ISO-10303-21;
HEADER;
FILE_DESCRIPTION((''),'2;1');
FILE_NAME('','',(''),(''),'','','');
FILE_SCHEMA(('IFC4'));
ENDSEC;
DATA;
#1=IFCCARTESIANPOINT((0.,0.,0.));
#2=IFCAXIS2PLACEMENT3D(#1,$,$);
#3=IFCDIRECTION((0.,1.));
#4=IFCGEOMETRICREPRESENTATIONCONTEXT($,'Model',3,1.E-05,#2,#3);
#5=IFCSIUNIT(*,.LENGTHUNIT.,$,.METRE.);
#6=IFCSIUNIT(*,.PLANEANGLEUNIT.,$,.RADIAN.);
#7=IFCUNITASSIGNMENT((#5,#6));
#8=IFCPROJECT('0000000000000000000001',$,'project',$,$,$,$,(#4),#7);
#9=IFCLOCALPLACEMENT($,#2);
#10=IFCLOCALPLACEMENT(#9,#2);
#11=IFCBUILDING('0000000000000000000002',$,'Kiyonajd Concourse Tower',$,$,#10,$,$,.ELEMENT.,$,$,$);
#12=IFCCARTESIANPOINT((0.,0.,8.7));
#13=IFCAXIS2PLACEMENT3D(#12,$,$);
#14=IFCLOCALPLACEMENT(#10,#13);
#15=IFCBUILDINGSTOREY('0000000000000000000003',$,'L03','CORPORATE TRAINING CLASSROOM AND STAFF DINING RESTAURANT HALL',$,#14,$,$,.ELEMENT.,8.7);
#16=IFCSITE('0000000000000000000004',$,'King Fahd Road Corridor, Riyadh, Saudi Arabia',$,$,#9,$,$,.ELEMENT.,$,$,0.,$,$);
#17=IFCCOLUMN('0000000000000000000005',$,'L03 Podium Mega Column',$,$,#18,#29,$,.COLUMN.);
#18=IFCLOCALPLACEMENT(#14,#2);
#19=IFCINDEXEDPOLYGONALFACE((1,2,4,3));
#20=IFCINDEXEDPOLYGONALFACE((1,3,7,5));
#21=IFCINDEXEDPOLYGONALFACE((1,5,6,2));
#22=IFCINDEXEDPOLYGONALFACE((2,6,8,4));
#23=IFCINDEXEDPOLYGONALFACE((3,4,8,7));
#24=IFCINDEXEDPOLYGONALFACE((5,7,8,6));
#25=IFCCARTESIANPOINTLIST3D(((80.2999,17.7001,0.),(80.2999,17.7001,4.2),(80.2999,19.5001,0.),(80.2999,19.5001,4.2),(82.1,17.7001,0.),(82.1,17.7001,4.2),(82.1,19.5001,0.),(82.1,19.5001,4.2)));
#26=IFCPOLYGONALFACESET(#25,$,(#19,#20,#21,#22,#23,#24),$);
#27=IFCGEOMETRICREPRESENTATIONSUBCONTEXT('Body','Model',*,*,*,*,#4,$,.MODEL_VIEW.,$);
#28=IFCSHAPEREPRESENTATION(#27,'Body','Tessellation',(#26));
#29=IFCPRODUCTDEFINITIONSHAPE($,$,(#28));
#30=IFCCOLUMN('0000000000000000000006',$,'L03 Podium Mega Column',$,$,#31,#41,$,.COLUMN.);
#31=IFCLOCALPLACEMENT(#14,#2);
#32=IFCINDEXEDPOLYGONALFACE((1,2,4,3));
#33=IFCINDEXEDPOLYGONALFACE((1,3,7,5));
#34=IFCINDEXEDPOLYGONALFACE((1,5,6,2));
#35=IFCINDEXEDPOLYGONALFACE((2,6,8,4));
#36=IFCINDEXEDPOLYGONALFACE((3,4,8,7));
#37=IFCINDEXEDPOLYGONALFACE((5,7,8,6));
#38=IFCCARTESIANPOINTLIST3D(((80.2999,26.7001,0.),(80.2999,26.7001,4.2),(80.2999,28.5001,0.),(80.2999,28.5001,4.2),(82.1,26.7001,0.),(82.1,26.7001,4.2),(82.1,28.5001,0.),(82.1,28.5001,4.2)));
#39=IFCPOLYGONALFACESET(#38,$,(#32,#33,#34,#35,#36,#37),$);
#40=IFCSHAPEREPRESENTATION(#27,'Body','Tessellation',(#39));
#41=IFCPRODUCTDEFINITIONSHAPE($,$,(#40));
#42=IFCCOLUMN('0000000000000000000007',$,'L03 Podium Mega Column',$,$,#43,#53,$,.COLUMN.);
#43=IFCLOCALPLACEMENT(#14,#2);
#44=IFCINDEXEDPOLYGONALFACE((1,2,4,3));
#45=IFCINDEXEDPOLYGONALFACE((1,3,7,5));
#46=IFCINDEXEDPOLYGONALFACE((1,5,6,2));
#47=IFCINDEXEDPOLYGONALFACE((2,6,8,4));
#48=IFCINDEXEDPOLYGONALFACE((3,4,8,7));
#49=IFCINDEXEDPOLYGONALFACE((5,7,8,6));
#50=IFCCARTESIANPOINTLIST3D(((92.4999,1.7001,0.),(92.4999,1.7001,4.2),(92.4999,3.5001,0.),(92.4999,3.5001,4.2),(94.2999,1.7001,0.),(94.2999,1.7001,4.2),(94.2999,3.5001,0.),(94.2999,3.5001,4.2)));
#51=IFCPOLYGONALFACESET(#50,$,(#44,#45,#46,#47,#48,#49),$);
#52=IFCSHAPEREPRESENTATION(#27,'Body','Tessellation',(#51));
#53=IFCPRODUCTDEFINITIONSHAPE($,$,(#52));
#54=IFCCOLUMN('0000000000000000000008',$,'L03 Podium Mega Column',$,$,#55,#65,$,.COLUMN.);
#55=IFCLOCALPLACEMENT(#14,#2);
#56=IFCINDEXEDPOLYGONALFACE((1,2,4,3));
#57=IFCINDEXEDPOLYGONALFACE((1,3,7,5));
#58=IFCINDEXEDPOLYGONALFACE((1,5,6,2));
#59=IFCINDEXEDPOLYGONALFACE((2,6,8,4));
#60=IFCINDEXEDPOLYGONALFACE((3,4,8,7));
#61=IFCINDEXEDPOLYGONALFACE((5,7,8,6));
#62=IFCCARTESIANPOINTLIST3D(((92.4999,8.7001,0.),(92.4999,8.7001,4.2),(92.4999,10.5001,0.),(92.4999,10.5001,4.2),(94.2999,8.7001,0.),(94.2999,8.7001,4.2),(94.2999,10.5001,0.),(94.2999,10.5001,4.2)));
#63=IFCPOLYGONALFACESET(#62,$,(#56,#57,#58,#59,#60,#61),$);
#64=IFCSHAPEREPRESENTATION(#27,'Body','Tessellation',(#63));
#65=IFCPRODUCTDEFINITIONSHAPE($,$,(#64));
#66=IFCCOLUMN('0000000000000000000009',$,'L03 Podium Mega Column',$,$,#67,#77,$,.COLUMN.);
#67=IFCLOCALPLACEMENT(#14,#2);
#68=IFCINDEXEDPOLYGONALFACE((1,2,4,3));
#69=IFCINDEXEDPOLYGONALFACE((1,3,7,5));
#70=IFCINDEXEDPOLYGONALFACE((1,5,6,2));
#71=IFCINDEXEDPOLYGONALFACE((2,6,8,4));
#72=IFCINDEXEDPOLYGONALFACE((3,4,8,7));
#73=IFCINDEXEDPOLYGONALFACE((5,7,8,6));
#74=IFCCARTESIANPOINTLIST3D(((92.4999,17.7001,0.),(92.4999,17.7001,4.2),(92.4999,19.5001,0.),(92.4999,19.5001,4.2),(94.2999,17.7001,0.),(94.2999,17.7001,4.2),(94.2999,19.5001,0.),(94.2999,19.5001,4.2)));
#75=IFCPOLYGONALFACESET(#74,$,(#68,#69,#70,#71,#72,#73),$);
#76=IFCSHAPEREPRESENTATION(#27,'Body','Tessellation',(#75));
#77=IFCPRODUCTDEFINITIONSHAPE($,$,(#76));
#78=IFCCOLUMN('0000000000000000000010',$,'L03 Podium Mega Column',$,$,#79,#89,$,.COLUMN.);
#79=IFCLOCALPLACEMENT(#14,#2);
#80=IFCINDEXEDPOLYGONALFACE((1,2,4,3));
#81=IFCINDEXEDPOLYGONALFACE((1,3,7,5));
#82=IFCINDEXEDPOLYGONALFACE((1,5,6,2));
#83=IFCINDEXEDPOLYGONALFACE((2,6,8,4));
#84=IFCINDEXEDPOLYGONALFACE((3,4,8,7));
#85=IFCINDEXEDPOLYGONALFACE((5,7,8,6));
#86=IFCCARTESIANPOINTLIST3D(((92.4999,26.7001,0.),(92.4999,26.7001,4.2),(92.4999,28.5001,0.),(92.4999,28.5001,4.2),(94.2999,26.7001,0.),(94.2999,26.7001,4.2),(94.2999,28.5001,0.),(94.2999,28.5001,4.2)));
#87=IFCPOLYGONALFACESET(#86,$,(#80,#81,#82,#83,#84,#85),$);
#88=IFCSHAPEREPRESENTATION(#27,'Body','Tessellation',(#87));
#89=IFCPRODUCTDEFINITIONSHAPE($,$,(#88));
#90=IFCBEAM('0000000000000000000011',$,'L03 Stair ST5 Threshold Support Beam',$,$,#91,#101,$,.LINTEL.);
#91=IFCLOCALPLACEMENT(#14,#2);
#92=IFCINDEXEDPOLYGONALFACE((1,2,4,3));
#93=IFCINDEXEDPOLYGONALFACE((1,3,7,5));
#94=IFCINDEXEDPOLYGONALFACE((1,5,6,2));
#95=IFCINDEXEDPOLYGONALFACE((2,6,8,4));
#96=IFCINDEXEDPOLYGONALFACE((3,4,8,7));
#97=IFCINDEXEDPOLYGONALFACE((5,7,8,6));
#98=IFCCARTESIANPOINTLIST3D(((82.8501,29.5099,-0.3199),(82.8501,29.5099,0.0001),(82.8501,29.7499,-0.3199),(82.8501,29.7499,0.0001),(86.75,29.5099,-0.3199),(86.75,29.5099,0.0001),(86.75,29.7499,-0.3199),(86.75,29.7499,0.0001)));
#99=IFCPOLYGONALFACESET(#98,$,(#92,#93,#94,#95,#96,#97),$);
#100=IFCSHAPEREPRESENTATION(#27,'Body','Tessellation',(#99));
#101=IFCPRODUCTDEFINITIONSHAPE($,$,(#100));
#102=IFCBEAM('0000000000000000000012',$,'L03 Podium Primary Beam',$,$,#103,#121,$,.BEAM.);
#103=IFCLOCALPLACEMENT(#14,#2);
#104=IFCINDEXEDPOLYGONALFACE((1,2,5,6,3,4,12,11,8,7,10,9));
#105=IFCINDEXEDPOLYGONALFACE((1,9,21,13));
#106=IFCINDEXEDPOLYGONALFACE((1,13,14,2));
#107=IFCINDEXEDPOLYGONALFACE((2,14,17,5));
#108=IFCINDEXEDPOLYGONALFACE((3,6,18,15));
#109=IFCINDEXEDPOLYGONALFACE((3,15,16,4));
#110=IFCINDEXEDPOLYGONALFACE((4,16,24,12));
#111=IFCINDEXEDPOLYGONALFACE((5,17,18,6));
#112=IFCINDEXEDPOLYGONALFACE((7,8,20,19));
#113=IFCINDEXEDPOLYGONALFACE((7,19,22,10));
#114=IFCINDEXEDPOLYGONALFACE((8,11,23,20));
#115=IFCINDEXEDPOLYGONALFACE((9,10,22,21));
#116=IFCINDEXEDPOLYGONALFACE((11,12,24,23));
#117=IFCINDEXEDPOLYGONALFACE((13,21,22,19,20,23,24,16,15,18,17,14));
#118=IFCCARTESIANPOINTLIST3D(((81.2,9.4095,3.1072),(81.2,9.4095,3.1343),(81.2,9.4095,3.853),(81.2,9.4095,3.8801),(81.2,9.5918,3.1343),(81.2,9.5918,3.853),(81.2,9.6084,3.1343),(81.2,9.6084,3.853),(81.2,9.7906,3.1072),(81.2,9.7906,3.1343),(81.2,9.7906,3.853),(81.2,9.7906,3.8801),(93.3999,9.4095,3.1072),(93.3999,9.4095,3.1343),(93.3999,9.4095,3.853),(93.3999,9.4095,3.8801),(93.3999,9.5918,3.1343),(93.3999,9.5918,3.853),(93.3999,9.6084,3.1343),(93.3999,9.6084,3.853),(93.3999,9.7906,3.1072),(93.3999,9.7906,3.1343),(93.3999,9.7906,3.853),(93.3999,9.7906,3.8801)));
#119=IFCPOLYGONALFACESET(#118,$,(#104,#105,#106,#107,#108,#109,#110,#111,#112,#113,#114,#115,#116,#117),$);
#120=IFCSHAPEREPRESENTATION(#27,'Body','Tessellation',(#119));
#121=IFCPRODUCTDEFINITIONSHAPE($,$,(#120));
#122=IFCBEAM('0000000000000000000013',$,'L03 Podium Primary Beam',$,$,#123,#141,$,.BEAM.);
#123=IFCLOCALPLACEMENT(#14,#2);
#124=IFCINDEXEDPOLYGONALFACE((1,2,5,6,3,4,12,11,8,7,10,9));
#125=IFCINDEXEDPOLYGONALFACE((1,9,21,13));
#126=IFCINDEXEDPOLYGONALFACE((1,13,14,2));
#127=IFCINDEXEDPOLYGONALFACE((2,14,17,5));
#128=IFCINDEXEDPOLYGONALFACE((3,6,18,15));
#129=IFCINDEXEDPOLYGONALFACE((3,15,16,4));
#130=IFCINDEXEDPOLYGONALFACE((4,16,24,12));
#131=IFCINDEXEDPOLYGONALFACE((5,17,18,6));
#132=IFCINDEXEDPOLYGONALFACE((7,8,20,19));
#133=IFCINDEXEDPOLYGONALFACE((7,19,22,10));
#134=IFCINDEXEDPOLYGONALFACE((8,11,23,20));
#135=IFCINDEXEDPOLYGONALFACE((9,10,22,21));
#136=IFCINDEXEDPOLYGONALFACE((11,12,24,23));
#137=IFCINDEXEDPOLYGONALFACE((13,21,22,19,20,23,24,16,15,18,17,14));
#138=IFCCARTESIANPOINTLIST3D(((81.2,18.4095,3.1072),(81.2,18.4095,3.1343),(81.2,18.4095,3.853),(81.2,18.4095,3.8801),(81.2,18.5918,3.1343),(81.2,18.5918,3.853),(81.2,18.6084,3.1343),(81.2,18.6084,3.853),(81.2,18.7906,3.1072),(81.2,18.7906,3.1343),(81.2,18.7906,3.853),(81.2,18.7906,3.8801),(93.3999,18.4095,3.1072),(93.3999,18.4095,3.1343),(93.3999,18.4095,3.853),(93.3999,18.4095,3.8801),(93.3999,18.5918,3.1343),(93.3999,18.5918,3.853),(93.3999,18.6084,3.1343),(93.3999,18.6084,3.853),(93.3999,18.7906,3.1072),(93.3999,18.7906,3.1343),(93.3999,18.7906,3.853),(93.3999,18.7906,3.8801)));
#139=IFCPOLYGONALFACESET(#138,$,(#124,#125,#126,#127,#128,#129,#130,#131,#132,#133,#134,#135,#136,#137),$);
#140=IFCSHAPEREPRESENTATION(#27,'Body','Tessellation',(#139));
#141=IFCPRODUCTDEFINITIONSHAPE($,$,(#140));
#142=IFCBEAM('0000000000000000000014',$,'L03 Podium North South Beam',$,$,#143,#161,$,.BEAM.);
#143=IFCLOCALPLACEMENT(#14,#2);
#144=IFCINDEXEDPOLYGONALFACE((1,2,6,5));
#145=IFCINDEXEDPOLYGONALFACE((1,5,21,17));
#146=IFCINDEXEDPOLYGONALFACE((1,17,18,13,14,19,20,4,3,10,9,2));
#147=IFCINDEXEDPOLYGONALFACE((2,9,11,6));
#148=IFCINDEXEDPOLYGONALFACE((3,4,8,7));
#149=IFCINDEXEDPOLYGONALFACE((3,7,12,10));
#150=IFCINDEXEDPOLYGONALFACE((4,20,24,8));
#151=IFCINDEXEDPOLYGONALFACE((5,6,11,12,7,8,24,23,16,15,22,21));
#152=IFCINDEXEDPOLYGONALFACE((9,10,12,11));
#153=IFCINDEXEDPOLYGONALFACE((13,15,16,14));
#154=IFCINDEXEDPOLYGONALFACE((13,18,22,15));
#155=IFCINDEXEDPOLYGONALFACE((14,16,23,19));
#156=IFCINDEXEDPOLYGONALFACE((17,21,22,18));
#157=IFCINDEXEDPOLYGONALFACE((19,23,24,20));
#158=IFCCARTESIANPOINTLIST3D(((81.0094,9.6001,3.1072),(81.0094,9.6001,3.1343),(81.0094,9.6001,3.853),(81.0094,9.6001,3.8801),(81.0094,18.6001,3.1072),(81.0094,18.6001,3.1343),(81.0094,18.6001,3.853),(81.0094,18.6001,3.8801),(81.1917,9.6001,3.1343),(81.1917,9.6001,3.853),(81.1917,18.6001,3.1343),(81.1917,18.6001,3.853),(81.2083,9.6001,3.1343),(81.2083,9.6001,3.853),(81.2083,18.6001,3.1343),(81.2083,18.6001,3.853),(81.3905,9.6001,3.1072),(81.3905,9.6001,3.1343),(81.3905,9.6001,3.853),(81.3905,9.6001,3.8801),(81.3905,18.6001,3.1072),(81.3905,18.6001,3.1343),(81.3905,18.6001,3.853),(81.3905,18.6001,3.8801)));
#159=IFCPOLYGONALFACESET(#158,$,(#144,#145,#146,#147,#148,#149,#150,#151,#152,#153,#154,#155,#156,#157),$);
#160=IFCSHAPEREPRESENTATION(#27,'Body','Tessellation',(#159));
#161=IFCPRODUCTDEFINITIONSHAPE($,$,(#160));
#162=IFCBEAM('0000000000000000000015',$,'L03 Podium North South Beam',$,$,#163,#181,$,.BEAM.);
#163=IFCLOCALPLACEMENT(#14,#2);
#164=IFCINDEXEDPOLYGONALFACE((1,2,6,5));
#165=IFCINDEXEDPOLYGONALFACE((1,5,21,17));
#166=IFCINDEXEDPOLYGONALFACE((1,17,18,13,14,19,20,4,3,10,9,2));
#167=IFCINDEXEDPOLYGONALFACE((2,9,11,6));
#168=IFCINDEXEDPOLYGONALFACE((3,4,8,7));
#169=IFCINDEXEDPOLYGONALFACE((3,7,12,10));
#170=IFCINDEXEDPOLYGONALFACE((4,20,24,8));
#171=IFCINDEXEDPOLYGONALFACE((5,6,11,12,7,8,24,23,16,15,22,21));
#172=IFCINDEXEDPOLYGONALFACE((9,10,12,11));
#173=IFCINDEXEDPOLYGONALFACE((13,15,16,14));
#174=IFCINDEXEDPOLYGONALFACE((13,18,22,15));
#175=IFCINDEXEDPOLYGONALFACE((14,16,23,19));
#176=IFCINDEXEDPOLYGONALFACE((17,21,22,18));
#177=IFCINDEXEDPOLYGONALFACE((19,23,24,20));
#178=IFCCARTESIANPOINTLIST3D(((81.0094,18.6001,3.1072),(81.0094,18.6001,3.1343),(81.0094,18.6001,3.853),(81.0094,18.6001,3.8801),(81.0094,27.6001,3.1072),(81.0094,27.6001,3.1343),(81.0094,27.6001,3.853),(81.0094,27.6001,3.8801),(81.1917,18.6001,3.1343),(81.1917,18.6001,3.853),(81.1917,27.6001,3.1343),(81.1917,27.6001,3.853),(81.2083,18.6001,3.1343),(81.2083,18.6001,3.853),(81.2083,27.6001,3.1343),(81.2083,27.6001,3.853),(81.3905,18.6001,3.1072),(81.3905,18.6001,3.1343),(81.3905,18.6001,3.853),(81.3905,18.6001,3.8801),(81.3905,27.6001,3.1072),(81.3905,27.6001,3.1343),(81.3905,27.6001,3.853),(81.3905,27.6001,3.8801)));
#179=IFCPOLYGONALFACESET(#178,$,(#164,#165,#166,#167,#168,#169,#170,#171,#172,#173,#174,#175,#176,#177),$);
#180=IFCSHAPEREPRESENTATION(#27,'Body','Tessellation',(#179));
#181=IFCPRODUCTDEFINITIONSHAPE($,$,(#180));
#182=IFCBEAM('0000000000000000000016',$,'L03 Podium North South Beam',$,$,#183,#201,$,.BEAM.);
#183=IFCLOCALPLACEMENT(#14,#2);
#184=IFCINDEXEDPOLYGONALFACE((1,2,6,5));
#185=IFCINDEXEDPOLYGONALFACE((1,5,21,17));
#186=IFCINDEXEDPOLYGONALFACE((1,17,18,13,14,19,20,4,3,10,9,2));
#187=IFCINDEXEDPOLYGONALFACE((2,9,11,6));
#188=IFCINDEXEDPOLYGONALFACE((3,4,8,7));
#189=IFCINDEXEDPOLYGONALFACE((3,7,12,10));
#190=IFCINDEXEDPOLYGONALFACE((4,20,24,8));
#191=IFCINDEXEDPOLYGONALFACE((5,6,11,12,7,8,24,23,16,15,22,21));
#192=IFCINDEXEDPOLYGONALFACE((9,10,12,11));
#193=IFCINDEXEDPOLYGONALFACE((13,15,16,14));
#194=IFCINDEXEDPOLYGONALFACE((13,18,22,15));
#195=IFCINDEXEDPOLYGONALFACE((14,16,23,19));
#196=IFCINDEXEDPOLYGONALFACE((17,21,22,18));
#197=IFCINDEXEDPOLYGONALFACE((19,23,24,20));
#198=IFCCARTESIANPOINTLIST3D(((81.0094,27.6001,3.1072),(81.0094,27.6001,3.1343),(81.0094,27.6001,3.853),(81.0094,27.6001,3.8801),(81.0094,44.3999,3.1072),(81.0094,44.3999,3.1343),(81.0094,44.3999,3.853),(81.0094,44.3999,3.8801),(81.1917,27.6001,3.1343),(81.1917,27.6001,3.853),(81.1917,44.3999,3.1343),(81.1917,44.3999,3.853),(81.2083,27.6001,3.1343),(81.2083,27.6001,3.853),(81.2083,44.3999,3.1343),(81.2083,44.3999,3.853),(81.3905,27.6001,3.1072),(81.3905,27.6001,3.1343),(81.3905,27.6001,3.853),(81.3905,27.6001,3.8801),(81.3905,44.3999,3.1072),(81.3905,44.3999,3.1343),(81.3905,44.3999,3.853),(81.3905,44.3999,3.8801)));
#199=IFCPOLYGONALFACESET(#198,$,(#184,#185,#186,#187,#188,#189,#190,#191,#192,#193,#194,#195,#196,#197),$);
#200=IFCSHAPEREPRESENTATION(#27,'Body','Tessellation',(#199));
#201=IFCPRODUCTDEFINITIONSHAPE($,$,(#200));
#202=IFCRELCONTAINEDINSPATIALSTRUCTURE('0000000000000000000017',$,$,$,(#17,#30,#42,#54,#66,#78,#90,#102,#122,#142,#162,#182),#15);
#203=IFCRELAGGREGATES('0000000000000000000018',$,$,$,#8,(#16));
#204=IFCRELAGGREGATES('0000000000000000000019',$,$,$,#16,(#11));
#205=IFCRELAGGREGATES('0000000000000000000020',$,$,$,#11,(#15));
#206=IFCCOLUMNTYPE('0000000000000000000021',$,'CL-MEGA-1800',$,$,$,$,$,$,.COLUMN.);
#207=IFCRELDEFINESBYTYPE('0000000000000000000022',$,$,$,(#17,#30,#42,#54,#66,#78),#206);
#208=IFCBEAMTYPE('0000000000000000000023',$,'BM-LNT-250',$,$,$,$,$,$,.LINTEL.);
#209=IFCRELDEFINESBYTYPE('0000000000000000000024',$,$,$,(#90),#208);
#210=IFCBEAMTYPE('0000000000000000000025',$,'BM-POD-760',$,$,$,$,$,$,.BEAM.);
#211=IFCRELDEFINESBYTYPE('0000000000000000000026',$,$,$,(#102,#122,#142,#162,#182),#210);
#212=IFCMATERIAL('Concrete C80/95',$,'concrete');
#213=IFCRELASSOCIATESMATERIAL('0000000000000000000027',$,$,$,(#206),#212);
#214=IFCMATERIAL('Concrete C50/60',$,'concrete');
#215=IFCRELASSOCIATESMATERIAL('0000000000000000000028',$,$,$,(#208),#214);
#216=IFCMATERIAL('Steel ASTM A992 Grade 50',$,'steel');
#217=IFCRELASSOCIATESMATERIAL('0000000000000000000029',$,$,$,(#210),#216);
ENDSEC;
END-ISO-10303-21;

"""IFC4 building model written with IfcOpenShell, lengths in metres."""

from ifc_helpers import new_model, si_unit, direction, frame, origin, origin_2d, place, context, subcontext, project, spatial, rectangle, i_section, extrude, material, material_profile, profile_set, type_object, element, save


model = new_model("IFC4")

# Units and contexts
model_context = context("Model", 3, precision=1e-05, world=origin(), true_north=direction((0.0, 1.0)))
body_context = subcontext(model_context, "Body", "Model", "MODEL_VIEW")
ifc_project = project(units=[si_unit("LENGTHUNIT", "METRE"), si_unit("PLANEANGLEUNIT", "RADIAN")], contexts=[model_context])

# Site, building, storey
site_placement = place(None, origin())
site = spatial("IfcSite", under=ifc_project, at=site_placement, Name="King Fahd Road Corridor, Riyadh, Saudi Arabia", CompositionType="ELEMENT", RefElevation=0.0)
building_placement = place(site_placement, origin())
building = spatial("IfcBuilding", under=site, at=building_placement, Name="Kiyonajd Concourse Tower", CompositionType="ELEMENT")
storey_placement = place(building_placement, frame((0.0, 0.0, 8.7)))
storey = spatial("IfcBuildingStorey", under=building, at=storey_placement, Name="L03", Description="CORPORATE TRAINING CLASSROOM AND STAFF DINING RESTAURANT HALL", CompositionType="ELEMENT", Elevation=8.7)

# Columns
ifc_material_1 = material(Name="Concrete C80/95", Category="concrete")
ifc_material_profile_1 = material_profile(ifc_material_1, rectangle(XDim=1.8, YDim=1.8, at=origin_2d()), Name="RC-1800x1800")
ifc_profile_set_1 = profile_set([ifc_material_profile_1], Name="Concrete C80/95")
column_type = type_object("IfcColumnType", Name="CL-MEGA-1800", PredefinedType="COLUMN", material=ifc_profile_set_1)
for number, where, z_axis, x_axis, name in (
    (1, (81.2, 18.6001, 0.0), (0.0, 0.0, 1.0), (1.0, 0.0, 0.0), "L03 Podium Mega Column"),
    (2, (81.2, 27.6001, 0.0), (0.0, 0.0, 1.0), (1.0, 0.0, 0.0), "L03 Podium Mega Column"),
    (3, (93.3999, 2.6001, 0.0), (0.0, 0.0, 1.0), (1.0, 0.0, 0.0), "L03 Podium Mega Column"),
    (4, (93.3999, 9.6001, 0.0), (0.0, 0.0, 1.0), (1.0, 0.0, 0.0), "L03 Podium Mega Column"),
    (5, (93.3999, 18.6001, 0.0), (0.0, 0.0, 1.0), (1.0, 0.0, 0.0), "L03 Podium Mega Column"),
    (6, (93.3999, 27.6001, 0.0), (0.0, 0.0, 1.0), (1.0, 0.0, 0.0), "L03 Podium Mega Column"),
):
    element("IfcColumn", number, at=place(storey_placement, frame(where, z_axis=z_axis, x_axis=x_axis)), inside=storey, type_object=column_type, Name=name, PredefinedType="COLUMN", context=body_context, shape_type="SweptSolid", body=[
        extrude(rectangle(XDim=1.8, YDim=1.8, at=origin_2d()), origin(), (0.0, 0.0, 1.0), 4.2),
    ])

# Beams
ifc_material_2 = material(Name="Concrete C50/60", Category="concrete")
ifc_material_profile_2 = material_profile(ifc_material_2, rectangle(XDim=0.24, YDim=0.3201, at=origin_2d()), Name="RCBM-240x320")
ifc_profile_set_2 = profile_set([ifc_material_profile_2], Name="Concrete C50/60")
beam_type_1 = type_object("IfcBeamType", Name="BM-LNT-250", PredefinedType="LINTEL", material=ifc_profile_set_2)
beam_1_placement = place(storey_placement, frame((82.8501, 29.6299, -0.1599), z_axis=(1.0, 0.0, 0.0), x_axis=(0.0, 1.0, 0.0)))
element("IfcBeam", 7, at=beam_1_placement, inside=storey, type_object=beam_type_1, Name="L03 Stair ST5 Threshold Support Beam", PredefinedType="LINTEL", context=body_context, shape_type="SweptSolid", body=[
    extrude(rectangle(XDim=0.24, YDim=0.3201, at=origin_2d()), origin(), (0.0, 0.0, 1.0), 3.8999),
])
ifc_material_3 = material(Name="Steel ASTM A992 Grade 50", Category="steel")
ifc_material_profile_3 = material_profile(ifc_material_3, i_section(OverallWidth=0.3811, OverallDepth=0.7729, WebThickness=0.0166, FlangeThickness=0.0271, at=origin_2d()), Name="W760X257")
ifc_profile_set_3 = profile_set([ifc_material_profile_3], Name="Steel ASTM A992 Grade 50")
beam_type_2 = type_object("IfcBeamType", Name="BM-POD-760", PredefinedType="BEAM", material=ifc_profile_set_3)
for number, where, z_axis, x_axis, name in (
    (8, (81.2, 9.6001, 3.4937), (1.0, 0.0, 0.0), (0.0, 1.0, 0.0), "L03 Podium Primary Beam"),
    (9, (81.2, 18.6001, 3.4937), (1.0, 0.0, 0.0), (0.0, 1.0, 0.0), "L03 Podium Primary Beam"),
):
    element("IfcBeam", number, at=place(storey_placement, frame(where, z_axis=z_axis, x_axis=x_axis)), inside=storey, type_object=beam_type_2, Name=name, PredefinedType="BEAM", context=body_context, shape_type="SweptSolid", body=[
        extrude(i_section(OverallWidth=0.3811, OverallDepth=0.7729, WebThickness=0.0166, FlangeThickness=0.0271, at=origin_2d()), origin(), (0.0, 0.0, 1.0), 12.2),
    ])
for number, where, z_axis, x_axis, name in (
    (10, (81.2, 9.6001, 3.4937), (0.0, 1.0, 0.0), (-1.0, 0.0, 0.0), "L03 Podium North South Beam"),
    (11, (81.2, 18.6001, 3.4937), (0.0, 1.0, 0.0), (-1.0, 0.0, 0.0), "L03 Podium North South Beam"),
):
    element("IfcBeam", number, at=place(storey_placement, frame(where, z_axis=z_axis, x_axis=x_axis)), inside=storey, type_object=beam_type_2, Name=name, PredefinedType="BEAM", context=body_context, shape_type="SweptSolid", body=[
        extrude(i_section(OverallWidth=0.3811, OverallDepth=0.7729, WebThickness=0.0166, FlangeThickness=0.0271, at=origin_2d()), origin(), (0.0, 0.0, 1.0), 9.0),
    ])
beam_2_placement = place(storey_placement, frame((81.2, 27.6001, 3.4937), z_axis=(0.0, 1.0, 0.0), x_axis=(-1.0, 0.0, 0.0)))
element("IfcBeam", 12, at=beam_2_placement, inside=storey, type_object=beam_type_2, Name="L03 Podium North South Beam", PredefinedType="BEAM", context=body_context, shape_type="SweptSolid", body=[
    extrude(i_section(OverallWidth=0.3811, OverallDepth=0.7729, WebThickness=0.0166, FlangeThickness=0.0271, at=origin_2d()), origin(), (0.0, 0.0, 1.0), 16.7998),
])

save(model, "model.ifc")
